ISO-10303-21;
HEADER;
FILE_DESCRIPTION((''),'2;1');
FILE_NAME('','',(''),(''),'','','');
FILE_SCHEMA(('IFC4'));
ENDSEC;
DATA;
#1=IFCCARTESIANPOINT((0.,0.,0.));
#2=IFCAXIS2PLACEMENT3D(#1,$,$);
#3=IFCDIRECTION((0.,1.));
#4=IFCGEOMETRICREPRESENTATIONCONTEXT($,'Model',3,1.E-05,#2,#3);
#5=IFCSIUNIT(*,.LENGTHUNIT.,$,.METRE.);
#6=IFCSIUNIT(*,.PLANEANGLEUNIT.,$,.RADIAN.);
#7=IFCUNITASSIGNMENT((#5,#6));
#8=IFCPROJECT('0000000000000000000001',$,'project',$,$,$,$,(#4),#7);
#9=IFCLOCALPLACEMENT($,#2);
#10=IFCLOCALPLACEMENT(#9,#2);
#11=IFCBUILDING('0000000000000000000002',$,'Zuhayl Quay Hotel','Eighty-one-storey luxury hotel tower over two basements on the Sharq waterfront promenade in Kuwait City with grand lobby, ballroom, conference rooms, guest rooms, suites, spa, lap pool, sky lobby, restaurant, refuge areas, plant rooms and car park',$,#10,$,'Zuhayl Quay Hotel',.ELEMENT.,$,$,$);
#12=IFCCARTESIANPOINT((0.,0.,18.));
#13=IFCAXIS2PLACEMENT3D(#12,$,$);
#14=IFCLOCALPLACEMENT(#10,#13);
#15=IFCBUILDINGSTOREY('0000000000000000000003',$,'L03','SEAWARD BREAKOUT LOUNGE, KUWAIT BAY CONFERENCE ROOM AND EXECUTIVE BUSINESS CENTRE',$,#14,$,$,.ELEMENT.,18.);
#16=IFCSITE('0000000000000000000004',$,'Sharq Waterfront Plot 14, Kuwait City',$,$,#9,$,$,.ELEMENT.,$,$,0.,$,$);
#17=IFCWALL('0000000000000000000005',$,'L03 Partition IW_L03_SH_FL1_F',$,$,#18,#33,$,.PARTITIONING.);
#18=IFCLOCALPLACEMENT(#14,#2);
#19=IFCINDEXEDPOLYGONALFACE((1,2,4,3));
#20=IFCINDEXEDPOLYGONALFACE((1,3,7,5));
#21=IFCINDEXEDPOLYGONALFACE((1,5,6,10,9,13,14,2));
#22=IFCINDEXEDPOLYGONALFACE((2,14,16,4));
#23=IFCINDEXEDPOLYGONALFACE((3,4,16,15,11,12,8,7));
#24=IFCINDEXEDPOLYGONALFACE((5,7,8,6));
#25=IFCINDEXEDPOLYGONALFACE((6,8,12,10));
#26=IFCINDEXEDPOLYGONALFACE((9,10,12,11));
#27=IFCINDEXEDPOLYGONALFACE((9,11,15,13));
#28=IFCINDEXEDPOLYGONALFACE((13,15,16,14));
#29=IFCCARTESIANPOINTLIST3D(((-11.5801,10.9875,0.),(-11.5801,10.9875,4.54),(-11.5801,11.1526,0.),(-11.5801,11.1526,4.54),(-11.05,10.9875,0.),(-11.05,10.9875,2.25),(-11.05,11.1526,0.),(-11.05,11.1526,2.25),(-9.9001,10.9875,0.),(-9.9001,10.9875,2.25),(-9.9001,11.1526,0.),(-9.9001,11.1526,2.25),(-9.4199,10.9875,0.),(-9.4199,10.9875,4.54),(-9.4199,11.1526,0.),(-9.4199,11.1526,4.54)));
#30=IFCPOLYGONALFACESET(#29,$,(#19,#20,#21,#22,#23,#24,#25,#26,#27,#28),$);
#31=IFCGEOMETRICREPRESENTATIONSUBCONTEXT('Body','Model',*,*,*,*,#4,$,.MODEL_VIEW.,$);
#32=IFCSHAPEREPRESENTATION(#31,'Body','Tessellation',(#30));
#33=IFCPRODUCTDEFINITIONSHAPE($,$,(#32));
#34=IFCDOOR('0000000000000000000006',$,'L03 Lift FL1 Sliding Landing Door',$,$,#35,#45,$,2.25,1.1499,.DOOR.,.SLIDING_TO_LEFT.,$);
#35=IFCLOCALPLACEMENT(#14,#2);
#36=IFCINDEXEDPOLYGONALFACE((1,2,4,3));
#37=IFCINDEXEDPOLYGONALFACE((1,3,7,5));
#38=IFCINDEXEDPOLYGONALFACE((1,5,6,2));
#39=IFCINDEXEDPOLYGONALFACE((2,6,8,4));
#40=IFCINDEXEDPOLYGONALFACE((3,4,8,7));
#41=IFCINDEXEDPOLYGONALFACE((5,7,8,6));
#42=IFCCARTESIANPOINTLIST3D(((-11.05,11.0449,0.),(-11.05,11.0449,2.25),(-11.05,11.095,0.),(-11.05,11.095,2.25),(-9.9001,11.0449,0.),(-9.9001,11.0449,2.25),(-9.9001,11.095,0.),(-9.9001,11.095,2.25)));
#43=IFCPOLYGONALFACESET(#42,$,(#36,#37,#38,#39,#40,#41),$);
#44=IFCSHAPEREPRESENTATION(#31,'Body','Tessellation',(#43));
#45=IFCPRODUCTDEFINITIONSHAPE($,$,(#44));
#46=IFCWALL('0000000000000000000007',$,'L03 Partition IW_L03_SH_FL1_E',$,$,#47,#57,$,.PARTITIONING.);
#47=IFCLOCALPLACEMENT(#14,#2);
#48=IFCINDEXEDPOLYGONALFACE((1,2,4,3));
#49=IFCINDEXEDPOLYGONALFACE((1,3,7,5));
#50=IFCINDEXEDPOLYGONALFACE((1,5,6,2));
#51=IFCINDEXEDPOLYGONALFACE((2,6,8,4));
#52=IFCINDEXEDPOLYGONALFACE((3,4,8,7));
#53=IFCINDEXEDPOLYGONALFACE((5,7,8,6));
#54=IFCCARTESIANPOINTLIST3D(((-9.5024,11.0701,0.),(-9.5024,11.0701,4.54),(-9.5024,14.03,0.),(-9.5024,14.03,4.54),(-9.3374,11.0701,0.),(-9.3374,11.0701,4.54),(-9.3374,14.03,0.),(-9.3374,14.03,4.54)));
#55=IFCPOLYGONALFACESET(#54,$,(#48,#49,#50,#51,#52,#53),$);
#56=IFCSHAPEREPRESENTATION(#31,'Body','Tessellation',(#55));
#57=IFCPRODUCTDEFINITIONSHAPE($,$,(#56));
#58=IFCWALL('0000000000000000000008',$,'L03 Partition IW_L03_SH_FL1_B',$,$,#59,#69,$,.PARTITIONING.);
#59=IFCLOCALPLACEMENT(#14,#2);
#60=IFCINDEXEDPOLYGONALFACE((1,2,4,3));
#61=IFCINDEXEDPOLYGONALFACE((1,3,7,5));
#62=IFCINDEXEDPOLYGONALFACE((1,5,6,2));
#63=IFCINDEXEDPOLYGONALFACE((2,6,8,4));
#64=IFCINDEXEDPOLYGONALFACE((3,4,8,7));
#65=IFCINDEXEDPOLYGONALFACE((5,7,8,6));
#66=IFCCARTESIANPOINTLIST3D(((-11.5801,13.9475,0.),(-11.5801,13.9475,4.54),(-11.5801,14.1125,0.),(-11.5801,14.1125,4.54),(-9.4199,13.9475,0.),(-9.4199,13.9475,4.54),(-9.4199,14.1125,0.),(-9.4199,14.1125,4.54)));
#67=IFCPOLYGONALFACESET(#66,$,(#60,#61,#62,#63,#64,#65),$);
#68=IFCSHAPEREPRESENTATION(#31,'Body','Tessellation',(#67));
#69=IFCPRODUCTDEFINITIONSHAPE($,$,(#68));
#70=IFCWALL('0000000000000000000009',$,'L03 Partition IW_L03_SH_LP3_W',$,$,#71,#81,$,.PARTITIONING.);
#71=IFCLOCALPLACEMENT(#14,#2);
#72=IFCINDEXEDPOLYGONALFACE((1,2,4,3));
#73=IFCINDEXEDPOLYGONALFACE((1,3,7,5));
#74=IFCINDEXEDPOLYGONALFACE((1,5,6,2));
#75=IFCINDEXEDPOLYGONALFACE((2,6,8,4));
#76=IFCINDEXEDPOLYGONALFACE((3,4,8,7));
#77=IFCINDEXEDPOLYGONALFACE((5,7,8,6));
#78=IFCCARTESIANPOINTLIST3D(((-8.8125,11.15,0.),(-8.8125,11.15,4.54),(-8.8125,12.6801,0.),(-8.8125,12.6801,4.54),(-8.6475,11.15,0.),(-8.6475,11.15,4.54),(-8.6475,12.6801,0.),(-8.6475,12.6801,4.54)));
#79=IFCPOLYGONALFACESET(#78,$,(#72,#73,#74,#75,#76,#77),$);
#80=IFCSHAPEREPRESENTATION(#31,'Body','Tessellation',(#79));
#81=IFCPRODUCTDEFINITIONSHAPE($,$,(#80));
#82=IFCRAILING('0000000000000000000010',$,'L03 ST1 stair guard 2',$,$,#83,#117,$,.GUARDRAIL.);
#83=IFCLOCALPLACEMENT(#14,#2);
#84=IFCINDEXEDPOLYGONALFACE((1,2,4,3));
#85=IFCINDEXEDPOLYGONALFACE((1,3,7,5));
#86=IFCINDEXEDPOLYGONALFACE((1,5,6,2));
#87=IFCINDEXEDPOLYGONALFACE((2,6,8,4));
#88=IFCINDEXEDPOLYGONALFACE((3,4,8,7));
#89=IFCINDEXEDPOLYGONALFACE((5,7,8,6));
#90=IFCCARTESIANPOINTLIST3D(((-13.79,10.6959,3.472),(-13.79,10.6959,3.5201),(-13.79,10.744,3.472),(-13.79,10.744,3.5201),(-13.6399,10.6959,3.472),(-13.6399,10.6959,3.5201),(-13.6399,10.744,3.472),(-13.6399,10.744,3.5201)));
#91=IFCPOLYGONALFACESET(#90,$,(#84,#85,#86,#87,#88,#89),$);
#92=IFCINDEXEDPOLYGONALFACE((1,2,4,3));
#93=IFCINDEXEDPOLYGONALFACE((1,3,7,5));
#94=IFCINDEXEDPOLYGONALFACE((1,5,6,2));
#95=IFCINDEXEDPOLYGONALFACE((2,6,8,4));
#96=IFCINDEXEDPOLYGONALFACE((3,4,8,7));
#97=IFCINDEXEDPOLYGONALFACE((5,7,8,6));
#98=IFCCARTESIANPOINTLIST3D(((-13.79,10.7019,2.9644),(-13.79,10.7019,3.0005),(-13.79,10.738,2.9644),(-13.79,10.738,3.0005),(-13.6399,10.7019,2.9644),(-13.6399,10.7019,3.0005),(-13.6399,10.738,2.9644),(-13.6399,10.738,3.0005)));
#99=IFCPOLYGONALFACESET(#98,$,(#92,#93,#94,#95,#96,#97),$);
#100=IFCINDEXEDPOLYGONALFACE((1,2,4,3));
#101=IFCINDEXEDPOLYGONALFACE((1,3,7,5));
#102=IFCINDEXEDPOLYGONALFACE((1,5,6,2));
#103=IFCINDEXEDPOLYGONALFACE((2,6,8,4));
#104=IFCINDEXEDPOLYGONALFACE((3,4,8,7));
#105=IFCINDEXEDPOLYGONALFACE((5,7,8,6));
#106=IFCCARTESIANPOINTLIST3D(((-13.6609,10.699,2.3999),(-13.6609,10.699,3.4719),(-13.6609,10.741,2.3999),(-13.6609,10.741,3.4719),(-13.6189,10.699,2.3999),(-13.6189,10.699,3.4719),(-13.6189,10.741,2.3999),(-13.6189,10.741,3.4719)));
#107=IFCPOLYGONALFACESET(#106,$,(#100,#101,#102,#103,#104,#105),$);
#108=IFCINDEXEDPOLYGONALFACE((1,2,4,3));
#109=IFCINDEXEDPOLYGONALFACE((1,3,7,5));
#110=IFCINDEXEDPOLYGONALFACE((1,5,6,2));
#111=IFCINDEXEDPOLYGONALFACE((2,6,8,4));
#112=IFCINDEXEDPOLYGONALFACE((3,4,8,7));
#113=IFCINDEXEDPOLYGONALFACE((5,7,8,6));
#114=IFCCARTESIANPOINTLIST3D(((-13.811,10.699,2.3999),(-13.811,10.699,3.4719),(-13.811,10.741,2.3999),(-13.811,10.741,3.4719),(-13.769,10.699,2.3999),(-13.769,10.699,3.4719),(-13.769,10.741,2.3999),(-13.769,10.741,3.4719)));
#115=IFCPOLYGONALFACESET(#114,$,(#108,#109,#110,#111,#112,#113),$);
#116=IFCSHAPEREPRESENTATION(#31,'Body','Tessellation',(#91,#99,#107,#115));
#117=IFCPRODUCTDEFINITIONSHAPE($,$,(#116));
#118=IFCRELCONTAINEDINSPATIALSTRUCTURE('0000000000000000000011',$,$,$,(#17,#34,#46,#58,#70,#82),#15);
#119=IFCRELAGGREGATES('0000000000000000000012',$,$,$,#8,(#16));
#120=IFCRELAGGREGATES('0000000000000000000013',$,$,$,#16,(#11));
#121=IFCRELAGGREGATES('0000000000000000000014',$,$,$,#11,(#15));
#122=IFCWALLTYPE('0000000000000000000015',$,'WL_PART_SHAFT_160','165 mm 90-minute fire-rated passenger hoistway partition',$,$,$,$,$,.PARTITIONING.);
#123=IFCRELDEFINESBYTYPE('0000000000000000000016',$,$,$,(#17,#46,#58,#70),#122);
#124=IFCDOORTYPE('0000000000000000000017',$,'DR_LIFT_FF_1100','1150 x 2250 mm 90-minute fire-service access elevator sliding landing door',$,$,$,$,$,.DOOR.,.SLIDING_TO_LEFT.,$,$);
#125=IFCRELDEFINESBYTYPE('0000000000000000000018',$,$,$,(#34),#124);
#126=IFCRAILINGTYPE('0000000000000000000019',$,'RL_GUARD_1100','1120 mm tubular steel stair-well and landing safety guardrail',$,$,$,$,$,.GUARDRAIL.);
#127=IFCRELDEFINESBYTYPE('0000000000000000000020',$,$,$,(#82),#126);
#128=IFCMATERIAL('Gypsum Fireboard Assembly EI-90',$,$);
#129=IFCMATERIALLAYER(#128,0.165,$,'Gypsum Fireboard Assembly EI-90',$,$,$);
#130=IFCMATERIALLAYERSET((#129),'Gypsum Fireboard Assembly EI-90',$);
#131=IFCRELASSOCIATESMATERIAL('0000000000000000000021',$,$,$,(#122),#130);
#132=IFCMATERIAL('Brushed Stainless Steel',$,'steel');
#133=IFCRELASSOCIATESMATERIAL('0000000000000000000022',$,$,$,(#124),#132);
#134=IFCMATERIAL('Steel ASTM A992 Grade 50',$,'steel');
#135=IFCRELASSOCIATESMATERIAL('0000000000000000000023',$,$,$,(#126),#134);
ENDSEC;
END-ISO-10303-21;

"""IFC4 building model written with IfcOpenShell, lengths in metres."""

from ifc_helpers import new_model, si_unit, direction, frame, frame_2d, origin, origin_2d, place, context, subcontext, project, spatial, rectangle, extrude, material, layer, layer_set, type_object, element, fill, save


model = new_model("IFC4")

# Units and contexts
model_context = context("Model", 3, precision=1e-05, world=origin(), true_north=direction((0.0, 1.0)))
body_context = subcontext(model_context, "Body", "Model", "MODEL_VIEW")
ifc_project = project(units=[si_unit("LENGTHUNIT", "METRE"), si_unit("PLANEANGLEUNIT", "RADIAN")], contexts=[model_context])

# Site, building, storey
site_placement = place(None, origin())
site = spatial("IfcSite", under=ifc_project, at=site_placement, Name="Sharq Waterfront Plot 14, Kuwait City", CompositionType="ELEMENT", RefElevation=0.0)
building_placement = place(site_placement, origin())
building = spatial("IfcBuilding", under=site, at=building_placement, Name="Zuhayl Quay Hotel", Description="Eighty-one-storey luxury hotel tower over two basements on the Sharq waterfront promenade in Kuwait City with grand lobby, ballroom, conference rooms, guest rooms, suites, spa, lap pool, sky lobby, restaurant, refuge areas, plant rooms and car park", LongName="Zuhayl Quay Hotel", CompositionType="ELEMENT")
storey_placement = place(building_placement, frame((0.0, 0.0, 18.0)))
storey = spatial("IfcBuildingStorey", under=building, at=storey_placement, Name="L03", Description="SEAWARD BREAKOUT LOUNGE, KUWAIT BAY CONFERENCE ROOM AND EXECUTIVE BUSINESS CENTRE", CompositionType="ELEMENT", Elevation=18.0)

# Shared definitions
ifc_material_1 = material(Name="Steel ASTM A992 Grade 50", Category="steel")

# Wall, opening, door
ifc_material_2 = material(Name="Gypsum Fireboard Assembly EI-90")
ifc_layer_1 = layer(ifc_material_2, 0.165, Name="Gypsum Fireboard Assembly EI-90")
ifc_layer_set_1 = layer_set([ifc_layer_1], Name="Gypsum Fireboard Assembly EI-90")
wall_type_1 = type_object("IfcWallType", Name="WL_PART_SHAFT_160", Description="165 mm 90-minute fire-rated passenger hoistway partition", PredefinedType="PARTITIONING", material=ifc_layer_set_1)
wall_1_placement = place(storey_placement, frame((-11.5801, 11.0701, 0.0), z_axis=(0.0, 0.0, 1.0), x_axis=(1.0, 0.0, 0.0)))
wall_1 = element("IfcWall", 1, at=wall_1_placement, inside=storey, type_object=wall_type_1, Name="L03 Partition IW_L03_SH_FL1_F", PredefinedType="PARTITIONING", context=body_context, shape_type="SweptSolid", body=[
    extrude(rectangle(XDim=2.1602, YDim=0.165, at=frame_2d((1.0801, 0.0))), origin(), (0.0, 0.0, 1.0), 4.54),
])
opening_placement = place(wall_1_placement, frame((0.53, 0.0, 0.0)))
opening = element("IfcOpeningElement", 2, at=opening_placement, cuts=wall_1, PredefinedType="OPENING", context=body_context, shape_type="SweptSolid", body=[
    extrude(rectangle(XDim=1.1499, YDim=2.25, at=frame_2d((0.575, 1.125))), frame((0.0, 0.0925, 0.0), z_axis=(0.0, -1.0, 0.0), x_axis=(1.0, 0.0, 0.0)), (0.0, 0.0, 1.0), 0.1851),
])
ifc_material_3 = material(Name="Brushed Stainless Steel", Category="steel")
door_type = type_object("IfcDoorType", Name="DR_LIFT_FF_1100", Description="1150 x 2250 mm 90-minute fire-service access elevator sliding landing door", OperationType="SLIDING_TO_LEFT", PredefinedType="DOOR", material=ifc_material_3)
door_placement = place(opening_placement, origin())
door = element("IfcDoor", 3, at=door_placement, inside=storey, type_object=door_type, Name="L03 Lift FL1 Sliding Landing Door", OperationType="SLIDING_TO_LEFT", OverallHeight=2.25, OverallWidth=1.1499, PredefinedType="DOOR", context=body_context, shape_type="SweptSolid", body=[
    extrude(rectangle(XDim=1.1499, YDim=2.25, at=frame_2d((0.575, 1.125))), frame((0.0, 0.0249, 0.0), z_axis=(0.0, -1.0, 0.0), x_axis=(1.0, 0.0, 0.0)), (0.0, 0.0, 1.0), 0.05),
])
fill(opening, door)

# Walls
wall_2_placement = place(storey_placement, frame((-9.4199, 11.0701, 0.0), z_axis=(0.0, 0.0, 1.0), x_axis=(0.0, 1.0, 0.0)))
element("IfcWall", 4, at=wall_2_placement, inside=storey, type_object=wall_type_1, Name="L03 Partition IW_L03_SH_FL1_E", PredefinedType="PARTITIONING", context=body_context, shape_type="SweptSolid", body=[
    extrude(rectangle(XDim=2.96, YDim=0.165, at=frame_2d((1.48, 0.0))), origin(), (0.0, 0.0, 1.0), 4.54),
])
wall_3_placement = place(storey_placement, frame((-11.5801, 14.03, 0.0), z_axis=(0.0, 0.0, 1.0), x_axis=(1.0, 0.0, 0.0)))
element("IfcWall", 5, at=wall_3_placement, inside=storey, type_object=wall_type_1, Name="L03 Partition IW_L03_SH_FL1_B", PredefinedType="PARTITIONING", context=body_context, shape_type="SweptSolid", body=[
    extrude(rectangle(XDim=2.1602, YDim=0.165, at=frame_2d((1.0801, 0.0))), origin(), (0.0, 0.0, 1.0), 4.54),
])
wall_4_placement = place(storey_placement, frame((-8.73, 11.1499, 0.0), z_axis=(0.0, 0.0, 1.0), x_axis=(0.0, 1.0, 0.0)))
element("IfcWall", 6, at=wall_4_placement, inside=storey, type_object=wall_type_1, Name="L03 Partition IW_L03_SH_LP3_W", PredefinedType="PARTITIONING", context=body_context, shape_type="SweptSolid", body=[
    extrude(rectangle(XDim=1.53, YDim=0.165, at=frame_2d((0.7651, 0.0))), origin(), (0.0, 0.0, 1.0), 4.54),
])

# Railing
railing_type = type_object("IfcRailingType", Name="RL_GUARD_1100", Description="1120 mm tubular steel stair-well and landing safety guardrail", PredefinedType="GUARDRAIL", material=ifc_material_1)
railing_placement = place(storey_placement, frame((-13.6399, 10.72, 2.3999)))
element("IfcRailing", 7, at=railing_placement, inside=storey, type_object=railing_type, Name="L03 ST1 stair guard 2", PredefinedType="GUARDRAIL", context=body_context, shape_type="SweptSolid", body=[
    extrude(rectangle(XDim=0.0481, YDim=0.0481, at=origin_2d()), frame((0.0, 0.0, 1.0962), z_axis=(-1.0, 0.0, 0.0), x_axis=(0.0, -1.0, 0.0)), (0.0, 0.0, 1.0), 0.1501),
    extrude(rectangle(XDim=0.0361, YDim=0.0361, at=origin_2d()), frame((0.0, 0.0, 0.5825), z_axis=(-1.0, 0.0, 0.0), x_axis=(0.0, -1.0, 0.0)), (0.0, 0.0, 1.0), 0.1501),
    extrude(rectangle(XDim=0.042, YDim=0.042, at=origin_2d()), origin(), (0.0, 0.0, 1.0), 1.072),
    extrude(rectangle(XDim=0.042, YDim=0.042, at=origin_2d()), frame((-0.1501, 0.0, 0.0)), (0.0, 0.0, 1.0), 1.072),
])

save(model, "model.ifc")
